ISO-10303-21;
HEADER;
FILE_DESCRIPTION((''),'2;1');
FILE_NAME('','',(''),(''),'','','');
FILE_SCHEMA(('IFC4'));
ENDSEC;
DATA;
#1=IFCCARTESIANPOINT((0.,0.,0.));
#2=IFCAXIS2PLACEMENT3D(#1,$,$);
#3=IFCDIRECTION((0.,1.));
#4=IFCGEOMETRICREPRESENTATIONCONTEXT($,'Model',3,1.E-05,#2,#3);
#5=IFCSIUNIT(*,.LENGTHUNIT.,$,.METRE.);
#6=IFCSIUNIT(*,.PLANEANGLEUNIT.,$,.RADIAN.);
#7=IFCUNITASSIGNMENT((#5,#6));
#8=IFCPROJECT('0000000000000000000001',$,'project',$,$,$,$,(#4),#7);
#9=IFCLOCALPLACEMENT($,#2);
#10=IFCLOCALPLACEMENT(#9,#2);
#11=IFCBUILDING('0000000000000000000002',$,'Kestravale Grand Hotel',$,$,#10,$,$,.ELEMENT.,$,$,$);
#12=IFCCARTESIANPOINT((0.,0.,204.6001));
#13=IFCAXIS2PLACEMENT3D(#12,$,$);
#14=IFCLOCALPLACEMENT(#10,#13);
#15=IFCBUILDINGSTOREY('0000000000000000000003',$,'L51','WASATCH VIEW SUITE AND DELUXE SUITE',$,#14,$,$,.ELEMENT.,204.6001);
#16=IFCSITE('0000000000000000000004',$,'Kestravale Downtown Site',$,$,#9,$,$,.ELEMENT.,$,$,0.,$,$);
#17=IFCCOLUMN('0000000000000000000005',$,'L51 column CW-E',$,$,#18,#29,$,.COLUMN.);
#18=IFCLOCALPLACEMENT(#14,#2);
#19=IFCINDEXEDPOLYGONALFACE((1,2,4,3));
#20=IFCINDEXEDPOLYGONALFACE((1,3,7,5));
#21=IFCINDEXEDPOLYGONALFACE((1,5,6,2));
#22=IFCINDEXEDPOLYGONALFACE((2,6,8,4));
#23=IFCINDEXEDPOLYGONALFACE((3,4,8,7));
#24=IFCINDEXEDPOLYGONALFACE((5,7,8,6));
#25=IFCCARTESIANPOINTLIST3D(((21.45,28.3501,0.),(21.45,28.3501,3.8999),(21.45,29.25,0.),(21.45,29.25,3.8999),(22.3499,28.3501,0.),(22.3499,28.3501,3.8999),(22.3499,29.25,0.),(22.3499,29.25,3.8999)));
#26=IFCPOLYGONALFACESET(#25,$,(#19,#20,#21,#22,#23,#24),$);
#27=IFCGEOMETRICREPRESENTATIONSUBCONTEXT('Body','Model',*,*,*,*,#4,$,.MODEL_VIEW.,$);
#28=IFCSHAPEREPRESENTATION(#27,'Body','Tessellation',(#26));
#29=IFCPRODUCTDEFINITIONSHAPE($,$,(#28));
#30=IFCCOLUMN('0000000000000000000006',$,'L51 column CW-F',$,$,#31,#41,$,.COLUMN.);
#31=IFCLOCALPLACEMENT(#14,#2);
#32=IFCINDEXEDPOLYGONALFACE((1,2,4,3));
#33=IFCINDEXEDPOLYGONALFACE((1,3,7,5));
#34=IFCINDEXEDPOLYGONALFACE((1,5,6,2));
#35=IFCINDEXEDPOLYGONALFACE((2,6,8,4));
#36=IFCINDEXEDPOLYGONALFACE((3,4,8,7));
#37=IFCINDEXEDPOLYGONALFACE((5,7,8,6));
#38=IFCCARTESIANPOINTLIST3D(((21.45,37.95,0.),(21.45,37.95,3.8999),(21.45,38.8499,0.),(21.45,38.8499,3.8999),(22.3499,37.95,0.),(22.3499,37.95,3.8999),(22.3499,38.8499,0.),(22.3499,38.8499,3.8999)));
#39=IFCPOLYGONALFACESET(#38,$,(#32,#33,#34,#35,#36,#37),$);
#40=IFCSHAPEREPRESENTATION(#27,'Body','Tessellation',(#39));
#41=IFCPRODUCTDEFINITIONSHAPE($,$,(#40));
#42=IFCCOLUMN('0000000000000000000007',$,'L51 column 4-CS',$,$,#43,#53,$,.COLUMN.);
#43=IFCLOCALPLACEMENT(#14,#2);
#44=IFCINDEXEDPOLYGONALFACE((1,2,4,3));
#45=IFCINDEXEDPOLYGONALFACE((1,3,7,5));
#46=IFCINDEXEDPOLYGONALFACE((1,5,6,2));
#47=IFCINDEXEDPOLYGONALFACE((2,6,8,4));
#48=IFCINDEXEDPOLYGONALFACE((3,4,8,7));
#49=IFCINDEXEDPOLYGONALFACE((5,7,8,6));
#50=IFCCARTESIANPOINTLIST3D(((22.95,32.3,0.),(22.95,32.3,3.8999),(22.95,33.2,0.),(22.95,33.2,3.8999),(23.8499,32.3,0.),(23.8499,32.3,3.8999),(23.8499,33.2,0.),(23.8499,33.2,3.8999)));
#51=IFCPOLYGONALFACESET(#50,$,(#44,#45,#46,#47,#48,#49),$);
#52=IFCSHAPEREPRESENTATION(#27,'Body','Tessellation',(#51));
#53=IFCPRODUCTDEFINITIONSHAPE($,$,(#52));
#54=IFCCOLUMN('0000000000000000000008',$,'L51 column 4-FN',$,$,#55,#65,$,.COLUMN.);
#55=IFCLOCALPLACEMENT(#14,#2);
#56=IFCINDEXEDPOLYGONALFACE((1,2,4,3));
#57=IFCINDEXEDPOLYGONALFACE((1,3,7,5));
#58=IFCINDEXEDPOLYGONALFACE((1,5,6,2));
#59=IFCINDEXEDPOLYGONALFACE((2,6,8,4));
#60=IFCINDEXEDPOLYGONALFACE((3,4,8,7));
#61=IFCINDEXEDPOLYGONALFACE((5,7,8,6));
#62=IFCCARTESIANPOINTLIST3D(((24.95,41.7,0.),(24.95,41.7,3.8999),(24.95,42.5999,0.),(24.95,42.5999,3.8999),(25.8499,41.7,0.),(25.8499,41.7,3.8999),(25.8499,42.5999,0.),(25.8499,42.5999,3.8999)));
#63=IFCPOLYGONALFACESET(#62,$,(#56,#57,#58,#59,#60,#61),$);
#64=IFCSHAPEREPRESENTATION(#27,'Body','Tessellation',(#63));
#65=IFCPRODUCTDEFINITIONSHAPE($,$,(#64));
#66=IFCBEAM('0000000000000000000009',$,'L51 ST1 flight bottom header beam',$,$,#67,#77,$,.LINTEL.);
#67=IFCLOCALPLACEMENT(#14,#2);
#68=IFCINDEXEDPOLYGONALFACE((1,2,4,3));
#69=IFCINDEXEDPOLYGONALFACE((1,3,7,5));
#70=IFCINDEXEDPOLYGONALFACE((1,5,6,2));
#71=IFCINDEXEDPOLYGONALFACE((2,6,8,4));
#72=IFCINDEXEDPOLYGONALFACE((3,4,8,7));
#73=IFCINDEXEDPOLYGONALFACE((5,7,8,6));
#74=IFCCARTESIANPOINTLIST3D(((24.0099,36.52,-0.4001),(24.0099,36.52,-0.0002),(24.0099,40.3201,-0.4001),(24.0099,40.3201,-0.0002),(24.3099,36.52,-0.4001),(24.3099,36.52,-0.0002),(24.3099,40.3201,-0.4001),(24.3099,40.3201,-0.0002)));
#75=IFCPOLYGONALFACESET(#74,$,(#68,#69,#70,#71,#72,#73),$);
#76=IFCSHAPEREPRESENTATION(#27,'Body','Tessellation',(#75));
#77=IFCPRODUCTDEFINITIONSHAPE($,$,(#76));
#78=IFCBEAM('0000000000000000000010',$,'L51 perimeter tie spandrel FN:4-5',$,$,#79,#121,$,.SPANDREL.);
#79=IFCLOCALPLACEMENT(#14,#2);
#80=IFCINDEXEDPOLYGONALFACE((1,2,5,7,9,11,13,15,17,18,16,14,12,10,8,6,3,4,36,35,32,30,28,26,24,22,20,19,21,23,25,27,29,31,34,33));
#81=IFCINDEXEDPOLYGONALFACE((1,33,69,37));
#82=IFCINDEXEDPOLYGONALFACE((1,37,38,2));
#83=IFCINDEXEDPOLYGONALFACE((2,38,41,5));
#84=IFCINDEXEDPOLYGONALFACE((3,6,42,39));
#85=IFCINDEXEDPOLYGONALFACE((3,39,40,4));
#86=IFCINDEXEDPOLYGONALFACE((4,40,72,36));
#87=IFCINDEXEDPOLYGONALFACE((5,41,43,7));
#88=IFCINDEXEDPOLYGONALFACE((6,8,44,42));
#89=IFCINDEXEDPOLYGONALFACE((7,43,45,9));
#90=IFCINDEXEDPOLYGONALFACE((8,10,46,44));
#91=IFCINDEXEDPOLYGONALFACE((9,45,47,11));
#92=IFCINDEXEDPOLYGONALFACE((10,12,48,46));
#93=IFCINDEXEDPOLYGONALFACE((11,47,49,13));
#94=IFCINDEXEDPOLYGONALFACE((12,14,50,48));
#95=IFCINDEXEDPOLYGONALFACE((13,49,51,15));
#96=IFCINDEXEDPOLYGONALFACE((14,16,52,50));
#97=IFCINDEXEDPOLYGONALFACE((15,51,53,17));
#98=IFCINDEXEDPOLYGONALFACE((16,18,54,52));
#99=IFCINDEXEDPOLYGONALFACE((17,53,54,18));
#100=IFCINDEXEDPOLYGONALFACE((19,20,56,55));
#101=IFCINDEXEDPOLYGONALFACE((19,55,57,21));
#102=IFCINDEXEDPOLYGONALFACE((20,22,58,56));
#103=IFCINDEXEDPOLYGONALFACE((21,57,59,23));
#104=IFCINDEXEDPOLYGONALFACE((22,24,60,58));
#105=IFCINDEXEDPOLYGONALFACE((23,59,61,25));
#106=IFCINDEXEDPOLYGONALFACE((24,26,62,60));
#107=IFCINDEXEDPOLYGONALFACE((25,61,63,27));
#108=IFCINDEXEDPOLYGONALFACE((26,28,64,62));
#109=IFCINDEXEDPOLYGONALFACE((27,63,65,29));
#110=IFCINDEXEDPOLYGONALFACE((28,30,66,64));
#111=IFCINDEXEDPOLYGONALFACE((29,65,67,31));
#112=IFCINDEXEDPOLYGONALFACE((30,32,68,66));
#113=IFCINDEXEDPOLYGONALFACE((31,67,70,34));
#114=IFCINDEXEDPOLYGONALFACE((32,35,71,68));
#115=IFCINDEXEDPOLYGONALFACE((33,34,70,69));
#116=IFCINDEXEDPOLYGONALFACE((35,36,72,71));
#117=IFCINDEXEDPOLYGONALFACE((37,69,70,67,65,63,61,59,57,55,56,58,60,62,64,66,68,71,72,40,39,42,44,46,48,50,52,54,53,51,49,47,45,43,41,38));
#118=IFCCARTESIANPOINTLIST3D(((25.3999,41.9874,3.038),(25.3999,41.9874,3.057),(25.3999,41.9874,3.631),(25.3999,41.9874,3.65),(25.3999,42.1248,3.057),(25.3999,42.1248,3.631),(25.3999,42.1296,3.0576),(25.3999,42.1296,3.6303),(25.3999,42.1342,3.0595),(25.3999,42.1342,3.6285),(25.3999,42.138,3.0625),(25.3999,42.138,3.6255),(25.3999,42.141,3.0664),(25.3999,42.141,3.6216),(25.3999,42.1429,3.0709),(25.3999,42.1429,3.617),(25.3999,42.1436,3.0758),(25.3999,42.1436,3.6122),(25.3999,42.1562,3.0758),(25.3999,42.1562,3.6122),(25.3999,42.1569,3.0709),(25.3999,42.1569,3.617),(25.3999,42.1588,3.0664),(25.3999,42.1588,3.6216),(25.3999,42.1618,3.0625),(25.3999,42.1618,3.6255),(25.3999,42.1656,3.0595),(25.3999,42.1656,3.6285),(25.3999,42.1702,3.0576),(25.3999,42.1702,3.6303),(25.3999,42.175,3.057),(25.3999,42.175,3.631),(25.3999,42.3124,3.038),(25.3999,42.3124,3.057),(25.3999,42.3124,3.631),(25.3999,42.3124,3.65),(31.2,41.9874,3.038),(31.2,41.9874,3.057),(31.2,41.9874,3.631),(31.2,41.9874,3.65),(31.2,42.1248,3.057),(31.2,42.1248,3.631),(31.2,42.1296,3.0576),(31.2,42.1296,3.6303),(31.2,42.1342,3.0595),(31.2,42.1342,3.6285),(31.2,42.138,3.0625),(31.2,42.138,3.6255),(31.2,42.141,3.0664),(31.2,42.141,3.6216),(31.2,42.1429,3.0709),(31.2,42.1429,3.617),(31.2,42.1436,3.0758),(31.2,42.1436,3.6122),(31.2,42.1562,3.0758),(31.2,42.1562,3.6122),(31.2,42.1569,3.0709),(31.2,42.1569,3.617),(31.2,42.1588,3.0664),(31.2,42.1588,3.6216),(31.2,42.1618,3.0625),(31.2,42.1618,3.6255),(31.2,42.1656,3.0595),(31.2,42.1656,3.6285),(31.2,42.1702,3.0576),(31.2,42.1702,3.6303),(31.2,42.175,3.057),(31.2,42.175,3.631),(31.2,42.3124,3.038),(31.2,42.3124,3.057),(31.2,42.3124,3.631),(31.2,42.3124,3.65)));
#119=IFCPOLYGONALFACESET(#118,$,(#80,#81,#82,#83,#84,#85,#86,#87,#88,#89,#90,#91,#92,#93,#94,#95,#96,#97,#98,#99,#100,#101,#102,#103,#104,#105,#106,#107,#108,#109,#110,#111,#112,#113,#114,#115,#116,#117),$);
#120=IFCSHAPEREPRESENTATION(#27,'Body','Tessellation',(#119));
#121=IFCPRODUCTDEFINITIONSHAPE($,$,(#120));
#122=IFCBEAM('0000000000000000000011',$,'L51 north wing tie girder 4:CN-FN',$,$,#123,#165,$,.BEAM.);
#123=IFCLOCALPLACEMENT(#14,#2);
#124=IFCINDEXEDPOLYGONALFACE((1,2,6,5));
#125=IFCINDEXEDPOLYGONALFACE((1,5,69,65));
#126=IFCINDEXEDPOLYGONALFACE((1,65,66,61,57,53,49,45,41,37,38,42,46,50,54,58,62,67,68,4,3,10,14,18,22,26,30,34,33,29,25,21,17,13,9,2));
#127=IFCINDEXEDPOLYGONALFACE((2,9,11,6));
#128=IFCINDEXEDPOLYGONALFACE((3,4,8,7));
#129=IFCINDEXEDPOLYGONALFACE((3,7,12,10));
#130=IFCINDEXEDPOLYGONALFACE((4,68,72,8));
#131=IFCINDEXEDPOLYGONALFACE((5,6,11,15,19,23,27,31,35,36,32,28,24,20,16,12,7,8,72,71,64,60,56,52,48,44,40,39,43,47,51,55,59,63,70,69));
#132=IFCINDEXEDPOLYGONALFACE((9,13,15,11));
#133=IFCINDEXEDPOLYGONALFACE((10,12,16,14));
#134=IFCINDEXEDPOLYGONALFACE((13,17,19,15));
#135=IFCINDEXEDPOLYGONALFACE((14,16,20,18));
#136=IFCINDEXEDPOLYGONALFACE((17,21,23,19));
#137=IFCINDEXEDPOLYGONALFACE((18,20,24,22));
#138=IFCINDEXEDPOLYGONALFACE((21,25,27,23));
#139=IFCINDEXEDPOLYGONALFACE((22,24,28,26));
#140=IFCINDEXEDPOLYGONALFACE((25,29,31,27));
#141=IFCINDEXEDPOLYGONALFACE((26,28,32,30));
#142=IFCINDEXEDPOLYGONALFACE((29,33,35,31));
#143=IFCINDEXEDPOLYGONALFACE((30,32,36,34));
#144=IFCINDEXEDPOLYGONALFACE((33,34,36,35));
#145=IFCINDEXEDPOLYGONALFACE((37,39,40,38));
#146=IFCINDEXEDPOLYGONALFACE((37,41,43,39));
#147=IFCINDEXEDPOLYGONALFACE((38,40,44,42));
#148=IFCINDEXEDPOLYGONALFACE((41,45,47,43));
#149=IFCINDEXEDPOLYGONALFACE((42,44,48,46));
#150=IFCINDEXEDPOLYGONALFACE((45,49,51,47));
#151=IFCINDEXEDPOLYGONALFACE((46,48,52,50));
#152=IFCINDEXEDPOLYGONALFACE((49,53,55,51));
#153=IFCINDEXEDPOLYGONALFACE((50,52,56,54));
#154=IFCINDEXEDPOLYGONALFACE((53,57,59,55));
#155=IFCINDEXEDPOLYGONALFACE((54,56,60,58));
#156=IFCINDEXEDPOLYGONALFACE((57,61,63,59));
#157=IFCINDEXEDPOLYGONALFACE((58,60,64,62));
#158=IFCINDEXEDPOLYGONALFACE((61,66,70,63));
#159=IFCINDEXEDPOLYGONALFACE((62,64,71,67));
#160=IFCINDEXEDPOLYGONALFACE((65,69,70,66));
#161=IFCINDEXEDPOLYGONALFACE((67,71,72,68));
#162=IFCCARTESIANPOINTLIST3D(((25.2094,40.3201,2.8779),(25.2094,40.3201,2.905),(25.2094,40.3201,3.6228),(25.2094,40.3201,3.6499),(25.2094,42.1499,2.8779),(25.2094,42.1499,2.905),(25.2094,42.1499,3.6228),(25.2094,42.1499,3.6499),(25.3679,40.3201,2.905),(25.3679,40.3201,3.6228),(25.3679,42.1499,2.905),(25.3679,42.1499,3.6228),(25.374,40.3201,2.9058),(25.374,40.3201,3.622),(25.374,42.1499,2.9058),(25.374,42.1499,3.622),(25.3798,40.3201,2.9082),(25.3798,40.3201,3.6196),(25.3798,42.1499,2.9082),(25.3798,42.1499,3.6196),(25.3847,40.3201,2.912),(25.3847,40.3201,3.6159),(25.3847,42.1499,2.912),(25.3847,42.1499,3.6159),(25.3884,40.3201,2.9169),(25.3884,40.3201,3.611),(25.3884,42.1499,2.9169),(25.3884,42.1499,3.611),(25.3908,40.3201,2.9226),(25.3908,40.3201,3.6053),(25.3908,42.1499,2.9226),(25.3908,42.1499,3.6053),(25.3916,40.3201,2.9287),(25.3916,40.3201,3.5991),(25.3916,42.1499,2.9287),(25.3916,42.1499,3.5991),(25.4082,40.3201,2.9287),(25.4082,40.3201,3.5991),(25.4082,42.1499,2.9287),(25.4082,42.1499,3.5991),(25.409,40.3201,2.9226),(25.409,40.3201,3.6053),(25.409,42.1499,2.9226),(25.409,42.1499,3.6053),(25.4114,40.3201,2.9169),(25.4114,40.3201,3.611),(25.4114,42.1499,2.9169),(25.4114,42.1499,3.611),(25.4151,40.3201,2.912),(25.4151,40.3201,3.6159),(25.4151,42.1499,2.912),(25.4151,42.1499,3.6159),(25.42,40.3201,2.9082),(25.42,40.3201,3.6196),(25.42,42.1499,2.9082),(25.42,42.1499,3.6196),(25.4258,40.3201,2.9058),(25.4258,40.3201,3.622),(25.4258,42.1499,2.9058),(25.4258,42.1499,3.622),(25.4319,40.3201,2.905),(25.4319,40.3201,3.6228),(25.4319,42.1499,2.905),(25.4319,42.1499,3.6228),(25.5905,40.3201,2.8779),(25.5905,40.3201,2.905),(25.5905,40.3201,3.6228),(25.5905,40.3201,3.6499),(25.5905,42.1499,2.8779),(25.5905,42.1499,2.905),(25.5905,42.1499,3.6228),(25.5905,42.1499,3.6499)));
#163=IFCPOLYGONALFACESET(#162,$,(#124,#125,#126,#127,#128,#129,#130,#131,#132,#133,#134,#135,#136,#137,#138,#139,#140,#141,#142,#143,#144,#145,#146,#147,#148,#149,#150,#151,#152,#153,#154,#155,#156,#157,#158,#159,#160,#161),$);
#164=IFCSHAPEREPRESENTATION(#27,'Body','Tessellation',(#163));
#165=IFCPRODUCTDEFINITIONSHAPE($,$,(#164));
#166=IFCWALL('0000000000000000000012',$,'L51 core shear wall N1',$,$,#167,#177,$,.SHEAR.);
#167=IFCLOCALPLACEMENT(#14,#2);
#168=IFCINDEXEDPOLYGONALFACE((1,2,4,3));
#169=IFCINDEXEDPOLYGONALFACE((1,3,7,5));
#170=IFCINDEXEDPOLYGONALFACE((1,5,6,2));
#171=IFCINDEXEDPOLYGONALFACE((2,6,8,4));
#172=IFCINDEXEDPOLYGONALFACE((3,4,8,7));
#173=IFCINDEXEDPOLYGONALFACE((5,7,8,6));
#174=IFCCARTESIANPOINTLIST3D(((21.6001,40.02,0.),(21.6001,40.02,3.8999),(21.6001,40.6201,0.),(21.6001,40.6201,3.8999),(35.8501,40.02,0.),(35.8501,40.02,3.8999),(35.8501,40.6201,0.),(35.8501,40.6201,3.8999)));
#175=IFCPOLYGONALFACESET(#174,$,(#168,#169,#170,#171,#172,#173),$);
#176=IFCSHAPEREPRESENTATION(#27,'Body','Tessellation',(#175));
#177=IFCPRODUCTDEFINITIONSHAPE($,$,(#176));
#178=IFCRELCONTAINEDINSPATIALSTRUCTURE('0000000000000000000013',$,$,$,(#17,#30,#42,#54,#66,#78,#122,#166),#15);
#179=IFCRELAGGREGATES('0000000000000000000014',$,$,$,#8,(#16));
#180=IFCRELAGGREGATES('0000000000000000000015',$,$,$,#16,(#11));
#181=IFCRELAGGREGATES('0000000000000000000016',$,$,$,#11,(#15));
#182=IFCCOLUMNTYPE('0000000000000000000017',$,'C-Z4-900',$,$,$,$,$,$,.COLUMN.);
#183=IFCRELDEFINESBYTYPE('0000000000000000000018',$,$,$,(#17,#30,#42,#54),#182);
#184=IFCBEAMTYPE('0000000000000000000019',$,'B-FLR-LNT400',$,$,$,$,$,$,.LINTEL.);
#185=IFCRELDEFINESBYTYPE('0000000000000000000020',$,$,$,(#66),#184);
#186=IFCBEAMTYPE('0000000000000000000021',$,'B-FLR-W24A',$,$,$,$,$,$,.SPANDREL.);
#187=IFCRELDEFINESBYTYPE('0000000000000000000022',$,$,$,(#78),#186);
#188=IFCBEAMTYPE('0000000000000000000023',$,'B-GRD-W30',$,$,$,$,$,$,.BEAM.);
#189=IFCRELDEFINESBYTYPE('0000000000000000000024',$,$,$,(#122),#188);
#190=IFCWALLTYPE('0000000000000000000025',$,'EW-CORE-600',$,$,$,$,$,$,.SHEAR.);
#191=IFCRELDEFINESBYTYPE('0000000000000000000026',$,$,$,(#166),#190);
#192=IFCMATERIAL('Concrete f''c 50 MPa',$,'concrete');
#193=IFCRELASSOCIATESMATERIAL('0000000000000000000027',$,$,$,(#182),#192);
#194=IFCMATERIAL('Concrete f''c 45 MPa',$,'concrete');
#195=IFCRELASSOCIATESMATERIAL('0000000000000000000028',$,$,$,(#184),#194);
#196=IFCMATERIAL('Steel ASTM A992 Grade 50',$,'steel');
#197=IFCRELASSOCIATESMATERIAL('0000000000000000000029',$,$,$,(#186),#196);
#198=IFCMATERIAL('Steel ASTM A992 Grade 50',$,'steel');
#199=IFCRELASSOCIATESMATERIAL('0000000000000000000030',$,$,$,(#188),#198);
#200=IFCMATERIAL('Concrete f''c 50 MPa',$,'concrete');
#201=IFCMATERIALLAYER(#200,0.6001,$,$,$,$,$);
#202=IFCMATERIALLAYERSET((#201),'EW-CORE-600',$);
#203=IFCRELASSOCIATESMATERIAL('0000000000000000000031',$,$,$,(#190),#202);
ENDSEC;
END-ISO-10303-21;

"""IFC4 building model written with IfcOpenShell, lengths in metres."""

from ifc_helpers import new_model, si_unit, direction, frame, frame_2d, origin, origin_2d, place, context, subcontext, project, spatial, rectangle, i_section, extrude, material, layer, layer_set, material_profile, profile_set, type_object, element, save


model = new_model("IFC4")

# Units and contexts
model_context = context("Model", 3, precision=1e-05, world=origin(), true_north=direction((0.0, 1.0)))
body_context = subcontext(model_context, "Body", "Model", "MODEL_VIEW")
ifc_project = project(units=[si_unit("LENGTHUNIT", "METRE"), si_unit("PLANEANGLEUNIT", "RADIAN")], contexts=[model_context])

# Site, building, storey
site_placement = place(None, origin())
site = spatial("IfcSite", under=ifc_project, at=site_placement, Name="Kestravale Downtown Site", CompositionType="ELEMENT", RefElevation=0.0)
building_placement = place(site_placement, origin())
building = spatial("IfcBuilding", under=site, at=building_placement, Name="Kestravale Grand Hotel", CompositionType="ELEMENT")
storey_placement = place(building_placement, frame((0.0, 0.0, 204.6001)))
storey = spatial("IfcBuildingStorey", under=building, at=storey_placement, Name="L51", Description="WASATCH VIEW SUITE AND DELUXE SUITE", CompositionType="ELEMENT", Elevation=204.6001)

# Columns
ifc_material_1 = material(Name="Concrete f'c 50 MPa", Category="concrete")
ifc_material_profile_1 = material_profile(ifc_material_1, rectangle(XDim=0.8999, YDim=0.8999, at=origin_2d()))
ifc_profile_set_1 = profile_set([ifc_material_profile_1], Name="Concrete f'c 50 MPa")
column_type = type_object("IfcColumnType", Name="C-Z4-900", PredefinedType="COLUMN", material=ifc_profile_set_1)
for number, where, z_axis, x_axis, name in (
    (1, (21.8999, 28.8, 0.0), (0.0, 0.0, 1.0), (1.0, 0.0, 0.0), "L51 column CW-E"),
    (2, (21.8999, 38.3999, 0.0), (0.0, 0.0, 1.0), (1.0, 0.0, 0.0), "L51 column CW-F"),
    (3, (23.3999, 32.75, 0.0), (0.0, 0.0, 1.0), (1.0, 0.0, 0.0), "L51 column 4-CS"),
    (4, (25.3999, 42.1499, 0.0), (0.0, 0.0, 1.0), (1.0, 0.0, 0.0), "L51 column 4-FN"),
):
    element("IfcColumn", number, at=place(storey_placement, frame(where, z_axis=z_axis, x_axis=x_axis)), inside=storey, type_object=column_type, Name=name, PredefinedType="COLUMN", context=body_context, shape_type="SweptSolid", body=[
        extrude(rectangle(XDim=0.8999, YDim=0.8999, at=origin_2d()), origin(), (0.0, 0.0, 1.0), 3.8999),
    ])

# Beams
ifc_material_2 = material(Name="Concrete f'c 45 MPa", Category="concrete")
ifc_material_profile_2 = material_profile(ifc_material_2, rectangle(XDim=0.3, YDim=0.3999, at=origin_2d()))
ifc_profile_set_2 = profile_set([ifc_material_profile_2], Name="Concrete f'c 45 MPa")
beam_type_1 = type_object("IfcBeamType", Name="B-FLR-LNT400", PredefinedType="LINTEL", material=ifc_profile_set_2)
beam_1_placement = place(storey_placement, frame((24.1599, 36.52, -0.2002), z_axis=(0.0, 1.0, 0.0), x_axis=(-1.0, 0.0, 0.0)))
element("IfcBeam", 5, at=beam_1_placement, inside=storey, type_object=beam_type_1, Name="L51 ST1 flight bottom header beam", PredefinedType="LINTEL", context=body_context, shape_type="SweptSolid", body=[
    extrude(rectangle(XDim=0.3, YDim=0.3999, at=origin_2d()), origin(), (0.0, 0.0, 1.0), 3.8),
])
ifc_material_3 = material(Name="Steel ASTM A992 Grade 50", Category="steel")
ifc_material_profile_3 = material_profile(ifc_material_3, i_section(OverallWidth=0.325, OverallDepth=0.6121, WebThickness=0.0127, FlangeThickness=0.019, FilletRadius=0.0188, at=origin_2d()))
ifc_profile_set_3 = profile_set([ifc_material_profile_3], Name="Steel ASTM A992 Grade 50")
beam_type_2 = type_object("IfcBeamType", Name="B-FLR-W24A", PredefinedType="SPANDREL", material=ifc_profile_set_3)
beam_2_placement = place(storey_placement, frame((25.3999, 42.1499, 3.344), z_axis=(1.0, 0.0, 0.0), x_axis=(0.0, 1.0, 0.0)))
element("IfcBeam", 6, at=beam_2_placement, inside=storey, type_object=beam_type_2, Name="L51 perimeter tie spandrel FN:4-5", PredefinedType="SPANDREL", context=body_context, shape_type="SweptSolid", body=[
    extrude(i_section(OverallWidth=0.325, OverallDepth=0.6121, WebThickness=0.0127, FlangeThickness=0.019, FilletRadius=0.0188, at=origin_2d()), origin(), (0.0, 0.0, 1.0), 5.8),
])
ifc_material_4 = material(Name="Steel ASTM A992 Grade 50", Category="steel")
ifc_material_profile_4 = material_profile(ifc_material_4, i_section(OverallWidth=0.3811, OverallDepth=0.772, WebThickness=0.0166, FlangeThickness=0.0271, FilletRadius=0.0237, at=origin_2d()))
ifc_profile_set_4 = profile_set([ifc_material_profile_4], Name="Steel ASTM A992 Grade 50")
beam_type_3 = type_object("IfcBeamType", Name="B-GRD-W30", PredefinedType="BEAM", material=ifc_profile_set_4)
beam_3_placement = place(storey_placement, frame((25.3999, 40.3201, 3.2639), z_axis=(0.0, 1.0, 0.0), x_axis=(-1.0, 0.0, 0.0)))
element("IfcBeam", 7, at=beam_3_placement, inside=storey, type_object=beam_type_3, Name="L51 north wing tie girder 4:CN-FN", PredefinedType="BEAM", context=body_context, shape_type="SweptSolid", body=[
    extrude(i_section(OverallWidth=0.3811, OverallDepth=0.772, WebThickness=0.0166, FlangeThickness=0.0271, FilletRadius=0.0237, at=origin_2d()), origin(), (0.0, 0.0, 1.0), 1.8298),
])

# Wall
ifc_material_5 = material(Name="Concrete f'c 50 MPa", Category="concrete")
ifc_layer_1 = layer(ifc_material_5, 0.6001)
ifc_layer_set_1 = layer_set([ifc_layer_1], Name="EW-CORE-600")
wall_type_1 = type_object("IfcWallType", Name="EW-CORE-600", PredefinedType="SHEAR", material=ifc_layer_set_1)
wall_1_placement = place(storey_placement, frame((21.6001, 40.3201, 0.0), z_axis=(0.0, 0.0, 1.0), x_axis=(1.0, 0.0, 0.0)))
element("IfcWall", 8, at=wall_1_placement, inside=storey, type_object=wall_type_1, Name="L51 core shear wall N1", PredefinedType="SHEAR", context=body_context, shape_type="SweptSolid", body=[
    extrude(rectangle(XDim=14.25, YDim=0.6001, at=frame_2d((7.125, 0.0))), origin(), (0.0, 0.0, 1.0), 3.8999),
])

save(model, "model.ifc")
